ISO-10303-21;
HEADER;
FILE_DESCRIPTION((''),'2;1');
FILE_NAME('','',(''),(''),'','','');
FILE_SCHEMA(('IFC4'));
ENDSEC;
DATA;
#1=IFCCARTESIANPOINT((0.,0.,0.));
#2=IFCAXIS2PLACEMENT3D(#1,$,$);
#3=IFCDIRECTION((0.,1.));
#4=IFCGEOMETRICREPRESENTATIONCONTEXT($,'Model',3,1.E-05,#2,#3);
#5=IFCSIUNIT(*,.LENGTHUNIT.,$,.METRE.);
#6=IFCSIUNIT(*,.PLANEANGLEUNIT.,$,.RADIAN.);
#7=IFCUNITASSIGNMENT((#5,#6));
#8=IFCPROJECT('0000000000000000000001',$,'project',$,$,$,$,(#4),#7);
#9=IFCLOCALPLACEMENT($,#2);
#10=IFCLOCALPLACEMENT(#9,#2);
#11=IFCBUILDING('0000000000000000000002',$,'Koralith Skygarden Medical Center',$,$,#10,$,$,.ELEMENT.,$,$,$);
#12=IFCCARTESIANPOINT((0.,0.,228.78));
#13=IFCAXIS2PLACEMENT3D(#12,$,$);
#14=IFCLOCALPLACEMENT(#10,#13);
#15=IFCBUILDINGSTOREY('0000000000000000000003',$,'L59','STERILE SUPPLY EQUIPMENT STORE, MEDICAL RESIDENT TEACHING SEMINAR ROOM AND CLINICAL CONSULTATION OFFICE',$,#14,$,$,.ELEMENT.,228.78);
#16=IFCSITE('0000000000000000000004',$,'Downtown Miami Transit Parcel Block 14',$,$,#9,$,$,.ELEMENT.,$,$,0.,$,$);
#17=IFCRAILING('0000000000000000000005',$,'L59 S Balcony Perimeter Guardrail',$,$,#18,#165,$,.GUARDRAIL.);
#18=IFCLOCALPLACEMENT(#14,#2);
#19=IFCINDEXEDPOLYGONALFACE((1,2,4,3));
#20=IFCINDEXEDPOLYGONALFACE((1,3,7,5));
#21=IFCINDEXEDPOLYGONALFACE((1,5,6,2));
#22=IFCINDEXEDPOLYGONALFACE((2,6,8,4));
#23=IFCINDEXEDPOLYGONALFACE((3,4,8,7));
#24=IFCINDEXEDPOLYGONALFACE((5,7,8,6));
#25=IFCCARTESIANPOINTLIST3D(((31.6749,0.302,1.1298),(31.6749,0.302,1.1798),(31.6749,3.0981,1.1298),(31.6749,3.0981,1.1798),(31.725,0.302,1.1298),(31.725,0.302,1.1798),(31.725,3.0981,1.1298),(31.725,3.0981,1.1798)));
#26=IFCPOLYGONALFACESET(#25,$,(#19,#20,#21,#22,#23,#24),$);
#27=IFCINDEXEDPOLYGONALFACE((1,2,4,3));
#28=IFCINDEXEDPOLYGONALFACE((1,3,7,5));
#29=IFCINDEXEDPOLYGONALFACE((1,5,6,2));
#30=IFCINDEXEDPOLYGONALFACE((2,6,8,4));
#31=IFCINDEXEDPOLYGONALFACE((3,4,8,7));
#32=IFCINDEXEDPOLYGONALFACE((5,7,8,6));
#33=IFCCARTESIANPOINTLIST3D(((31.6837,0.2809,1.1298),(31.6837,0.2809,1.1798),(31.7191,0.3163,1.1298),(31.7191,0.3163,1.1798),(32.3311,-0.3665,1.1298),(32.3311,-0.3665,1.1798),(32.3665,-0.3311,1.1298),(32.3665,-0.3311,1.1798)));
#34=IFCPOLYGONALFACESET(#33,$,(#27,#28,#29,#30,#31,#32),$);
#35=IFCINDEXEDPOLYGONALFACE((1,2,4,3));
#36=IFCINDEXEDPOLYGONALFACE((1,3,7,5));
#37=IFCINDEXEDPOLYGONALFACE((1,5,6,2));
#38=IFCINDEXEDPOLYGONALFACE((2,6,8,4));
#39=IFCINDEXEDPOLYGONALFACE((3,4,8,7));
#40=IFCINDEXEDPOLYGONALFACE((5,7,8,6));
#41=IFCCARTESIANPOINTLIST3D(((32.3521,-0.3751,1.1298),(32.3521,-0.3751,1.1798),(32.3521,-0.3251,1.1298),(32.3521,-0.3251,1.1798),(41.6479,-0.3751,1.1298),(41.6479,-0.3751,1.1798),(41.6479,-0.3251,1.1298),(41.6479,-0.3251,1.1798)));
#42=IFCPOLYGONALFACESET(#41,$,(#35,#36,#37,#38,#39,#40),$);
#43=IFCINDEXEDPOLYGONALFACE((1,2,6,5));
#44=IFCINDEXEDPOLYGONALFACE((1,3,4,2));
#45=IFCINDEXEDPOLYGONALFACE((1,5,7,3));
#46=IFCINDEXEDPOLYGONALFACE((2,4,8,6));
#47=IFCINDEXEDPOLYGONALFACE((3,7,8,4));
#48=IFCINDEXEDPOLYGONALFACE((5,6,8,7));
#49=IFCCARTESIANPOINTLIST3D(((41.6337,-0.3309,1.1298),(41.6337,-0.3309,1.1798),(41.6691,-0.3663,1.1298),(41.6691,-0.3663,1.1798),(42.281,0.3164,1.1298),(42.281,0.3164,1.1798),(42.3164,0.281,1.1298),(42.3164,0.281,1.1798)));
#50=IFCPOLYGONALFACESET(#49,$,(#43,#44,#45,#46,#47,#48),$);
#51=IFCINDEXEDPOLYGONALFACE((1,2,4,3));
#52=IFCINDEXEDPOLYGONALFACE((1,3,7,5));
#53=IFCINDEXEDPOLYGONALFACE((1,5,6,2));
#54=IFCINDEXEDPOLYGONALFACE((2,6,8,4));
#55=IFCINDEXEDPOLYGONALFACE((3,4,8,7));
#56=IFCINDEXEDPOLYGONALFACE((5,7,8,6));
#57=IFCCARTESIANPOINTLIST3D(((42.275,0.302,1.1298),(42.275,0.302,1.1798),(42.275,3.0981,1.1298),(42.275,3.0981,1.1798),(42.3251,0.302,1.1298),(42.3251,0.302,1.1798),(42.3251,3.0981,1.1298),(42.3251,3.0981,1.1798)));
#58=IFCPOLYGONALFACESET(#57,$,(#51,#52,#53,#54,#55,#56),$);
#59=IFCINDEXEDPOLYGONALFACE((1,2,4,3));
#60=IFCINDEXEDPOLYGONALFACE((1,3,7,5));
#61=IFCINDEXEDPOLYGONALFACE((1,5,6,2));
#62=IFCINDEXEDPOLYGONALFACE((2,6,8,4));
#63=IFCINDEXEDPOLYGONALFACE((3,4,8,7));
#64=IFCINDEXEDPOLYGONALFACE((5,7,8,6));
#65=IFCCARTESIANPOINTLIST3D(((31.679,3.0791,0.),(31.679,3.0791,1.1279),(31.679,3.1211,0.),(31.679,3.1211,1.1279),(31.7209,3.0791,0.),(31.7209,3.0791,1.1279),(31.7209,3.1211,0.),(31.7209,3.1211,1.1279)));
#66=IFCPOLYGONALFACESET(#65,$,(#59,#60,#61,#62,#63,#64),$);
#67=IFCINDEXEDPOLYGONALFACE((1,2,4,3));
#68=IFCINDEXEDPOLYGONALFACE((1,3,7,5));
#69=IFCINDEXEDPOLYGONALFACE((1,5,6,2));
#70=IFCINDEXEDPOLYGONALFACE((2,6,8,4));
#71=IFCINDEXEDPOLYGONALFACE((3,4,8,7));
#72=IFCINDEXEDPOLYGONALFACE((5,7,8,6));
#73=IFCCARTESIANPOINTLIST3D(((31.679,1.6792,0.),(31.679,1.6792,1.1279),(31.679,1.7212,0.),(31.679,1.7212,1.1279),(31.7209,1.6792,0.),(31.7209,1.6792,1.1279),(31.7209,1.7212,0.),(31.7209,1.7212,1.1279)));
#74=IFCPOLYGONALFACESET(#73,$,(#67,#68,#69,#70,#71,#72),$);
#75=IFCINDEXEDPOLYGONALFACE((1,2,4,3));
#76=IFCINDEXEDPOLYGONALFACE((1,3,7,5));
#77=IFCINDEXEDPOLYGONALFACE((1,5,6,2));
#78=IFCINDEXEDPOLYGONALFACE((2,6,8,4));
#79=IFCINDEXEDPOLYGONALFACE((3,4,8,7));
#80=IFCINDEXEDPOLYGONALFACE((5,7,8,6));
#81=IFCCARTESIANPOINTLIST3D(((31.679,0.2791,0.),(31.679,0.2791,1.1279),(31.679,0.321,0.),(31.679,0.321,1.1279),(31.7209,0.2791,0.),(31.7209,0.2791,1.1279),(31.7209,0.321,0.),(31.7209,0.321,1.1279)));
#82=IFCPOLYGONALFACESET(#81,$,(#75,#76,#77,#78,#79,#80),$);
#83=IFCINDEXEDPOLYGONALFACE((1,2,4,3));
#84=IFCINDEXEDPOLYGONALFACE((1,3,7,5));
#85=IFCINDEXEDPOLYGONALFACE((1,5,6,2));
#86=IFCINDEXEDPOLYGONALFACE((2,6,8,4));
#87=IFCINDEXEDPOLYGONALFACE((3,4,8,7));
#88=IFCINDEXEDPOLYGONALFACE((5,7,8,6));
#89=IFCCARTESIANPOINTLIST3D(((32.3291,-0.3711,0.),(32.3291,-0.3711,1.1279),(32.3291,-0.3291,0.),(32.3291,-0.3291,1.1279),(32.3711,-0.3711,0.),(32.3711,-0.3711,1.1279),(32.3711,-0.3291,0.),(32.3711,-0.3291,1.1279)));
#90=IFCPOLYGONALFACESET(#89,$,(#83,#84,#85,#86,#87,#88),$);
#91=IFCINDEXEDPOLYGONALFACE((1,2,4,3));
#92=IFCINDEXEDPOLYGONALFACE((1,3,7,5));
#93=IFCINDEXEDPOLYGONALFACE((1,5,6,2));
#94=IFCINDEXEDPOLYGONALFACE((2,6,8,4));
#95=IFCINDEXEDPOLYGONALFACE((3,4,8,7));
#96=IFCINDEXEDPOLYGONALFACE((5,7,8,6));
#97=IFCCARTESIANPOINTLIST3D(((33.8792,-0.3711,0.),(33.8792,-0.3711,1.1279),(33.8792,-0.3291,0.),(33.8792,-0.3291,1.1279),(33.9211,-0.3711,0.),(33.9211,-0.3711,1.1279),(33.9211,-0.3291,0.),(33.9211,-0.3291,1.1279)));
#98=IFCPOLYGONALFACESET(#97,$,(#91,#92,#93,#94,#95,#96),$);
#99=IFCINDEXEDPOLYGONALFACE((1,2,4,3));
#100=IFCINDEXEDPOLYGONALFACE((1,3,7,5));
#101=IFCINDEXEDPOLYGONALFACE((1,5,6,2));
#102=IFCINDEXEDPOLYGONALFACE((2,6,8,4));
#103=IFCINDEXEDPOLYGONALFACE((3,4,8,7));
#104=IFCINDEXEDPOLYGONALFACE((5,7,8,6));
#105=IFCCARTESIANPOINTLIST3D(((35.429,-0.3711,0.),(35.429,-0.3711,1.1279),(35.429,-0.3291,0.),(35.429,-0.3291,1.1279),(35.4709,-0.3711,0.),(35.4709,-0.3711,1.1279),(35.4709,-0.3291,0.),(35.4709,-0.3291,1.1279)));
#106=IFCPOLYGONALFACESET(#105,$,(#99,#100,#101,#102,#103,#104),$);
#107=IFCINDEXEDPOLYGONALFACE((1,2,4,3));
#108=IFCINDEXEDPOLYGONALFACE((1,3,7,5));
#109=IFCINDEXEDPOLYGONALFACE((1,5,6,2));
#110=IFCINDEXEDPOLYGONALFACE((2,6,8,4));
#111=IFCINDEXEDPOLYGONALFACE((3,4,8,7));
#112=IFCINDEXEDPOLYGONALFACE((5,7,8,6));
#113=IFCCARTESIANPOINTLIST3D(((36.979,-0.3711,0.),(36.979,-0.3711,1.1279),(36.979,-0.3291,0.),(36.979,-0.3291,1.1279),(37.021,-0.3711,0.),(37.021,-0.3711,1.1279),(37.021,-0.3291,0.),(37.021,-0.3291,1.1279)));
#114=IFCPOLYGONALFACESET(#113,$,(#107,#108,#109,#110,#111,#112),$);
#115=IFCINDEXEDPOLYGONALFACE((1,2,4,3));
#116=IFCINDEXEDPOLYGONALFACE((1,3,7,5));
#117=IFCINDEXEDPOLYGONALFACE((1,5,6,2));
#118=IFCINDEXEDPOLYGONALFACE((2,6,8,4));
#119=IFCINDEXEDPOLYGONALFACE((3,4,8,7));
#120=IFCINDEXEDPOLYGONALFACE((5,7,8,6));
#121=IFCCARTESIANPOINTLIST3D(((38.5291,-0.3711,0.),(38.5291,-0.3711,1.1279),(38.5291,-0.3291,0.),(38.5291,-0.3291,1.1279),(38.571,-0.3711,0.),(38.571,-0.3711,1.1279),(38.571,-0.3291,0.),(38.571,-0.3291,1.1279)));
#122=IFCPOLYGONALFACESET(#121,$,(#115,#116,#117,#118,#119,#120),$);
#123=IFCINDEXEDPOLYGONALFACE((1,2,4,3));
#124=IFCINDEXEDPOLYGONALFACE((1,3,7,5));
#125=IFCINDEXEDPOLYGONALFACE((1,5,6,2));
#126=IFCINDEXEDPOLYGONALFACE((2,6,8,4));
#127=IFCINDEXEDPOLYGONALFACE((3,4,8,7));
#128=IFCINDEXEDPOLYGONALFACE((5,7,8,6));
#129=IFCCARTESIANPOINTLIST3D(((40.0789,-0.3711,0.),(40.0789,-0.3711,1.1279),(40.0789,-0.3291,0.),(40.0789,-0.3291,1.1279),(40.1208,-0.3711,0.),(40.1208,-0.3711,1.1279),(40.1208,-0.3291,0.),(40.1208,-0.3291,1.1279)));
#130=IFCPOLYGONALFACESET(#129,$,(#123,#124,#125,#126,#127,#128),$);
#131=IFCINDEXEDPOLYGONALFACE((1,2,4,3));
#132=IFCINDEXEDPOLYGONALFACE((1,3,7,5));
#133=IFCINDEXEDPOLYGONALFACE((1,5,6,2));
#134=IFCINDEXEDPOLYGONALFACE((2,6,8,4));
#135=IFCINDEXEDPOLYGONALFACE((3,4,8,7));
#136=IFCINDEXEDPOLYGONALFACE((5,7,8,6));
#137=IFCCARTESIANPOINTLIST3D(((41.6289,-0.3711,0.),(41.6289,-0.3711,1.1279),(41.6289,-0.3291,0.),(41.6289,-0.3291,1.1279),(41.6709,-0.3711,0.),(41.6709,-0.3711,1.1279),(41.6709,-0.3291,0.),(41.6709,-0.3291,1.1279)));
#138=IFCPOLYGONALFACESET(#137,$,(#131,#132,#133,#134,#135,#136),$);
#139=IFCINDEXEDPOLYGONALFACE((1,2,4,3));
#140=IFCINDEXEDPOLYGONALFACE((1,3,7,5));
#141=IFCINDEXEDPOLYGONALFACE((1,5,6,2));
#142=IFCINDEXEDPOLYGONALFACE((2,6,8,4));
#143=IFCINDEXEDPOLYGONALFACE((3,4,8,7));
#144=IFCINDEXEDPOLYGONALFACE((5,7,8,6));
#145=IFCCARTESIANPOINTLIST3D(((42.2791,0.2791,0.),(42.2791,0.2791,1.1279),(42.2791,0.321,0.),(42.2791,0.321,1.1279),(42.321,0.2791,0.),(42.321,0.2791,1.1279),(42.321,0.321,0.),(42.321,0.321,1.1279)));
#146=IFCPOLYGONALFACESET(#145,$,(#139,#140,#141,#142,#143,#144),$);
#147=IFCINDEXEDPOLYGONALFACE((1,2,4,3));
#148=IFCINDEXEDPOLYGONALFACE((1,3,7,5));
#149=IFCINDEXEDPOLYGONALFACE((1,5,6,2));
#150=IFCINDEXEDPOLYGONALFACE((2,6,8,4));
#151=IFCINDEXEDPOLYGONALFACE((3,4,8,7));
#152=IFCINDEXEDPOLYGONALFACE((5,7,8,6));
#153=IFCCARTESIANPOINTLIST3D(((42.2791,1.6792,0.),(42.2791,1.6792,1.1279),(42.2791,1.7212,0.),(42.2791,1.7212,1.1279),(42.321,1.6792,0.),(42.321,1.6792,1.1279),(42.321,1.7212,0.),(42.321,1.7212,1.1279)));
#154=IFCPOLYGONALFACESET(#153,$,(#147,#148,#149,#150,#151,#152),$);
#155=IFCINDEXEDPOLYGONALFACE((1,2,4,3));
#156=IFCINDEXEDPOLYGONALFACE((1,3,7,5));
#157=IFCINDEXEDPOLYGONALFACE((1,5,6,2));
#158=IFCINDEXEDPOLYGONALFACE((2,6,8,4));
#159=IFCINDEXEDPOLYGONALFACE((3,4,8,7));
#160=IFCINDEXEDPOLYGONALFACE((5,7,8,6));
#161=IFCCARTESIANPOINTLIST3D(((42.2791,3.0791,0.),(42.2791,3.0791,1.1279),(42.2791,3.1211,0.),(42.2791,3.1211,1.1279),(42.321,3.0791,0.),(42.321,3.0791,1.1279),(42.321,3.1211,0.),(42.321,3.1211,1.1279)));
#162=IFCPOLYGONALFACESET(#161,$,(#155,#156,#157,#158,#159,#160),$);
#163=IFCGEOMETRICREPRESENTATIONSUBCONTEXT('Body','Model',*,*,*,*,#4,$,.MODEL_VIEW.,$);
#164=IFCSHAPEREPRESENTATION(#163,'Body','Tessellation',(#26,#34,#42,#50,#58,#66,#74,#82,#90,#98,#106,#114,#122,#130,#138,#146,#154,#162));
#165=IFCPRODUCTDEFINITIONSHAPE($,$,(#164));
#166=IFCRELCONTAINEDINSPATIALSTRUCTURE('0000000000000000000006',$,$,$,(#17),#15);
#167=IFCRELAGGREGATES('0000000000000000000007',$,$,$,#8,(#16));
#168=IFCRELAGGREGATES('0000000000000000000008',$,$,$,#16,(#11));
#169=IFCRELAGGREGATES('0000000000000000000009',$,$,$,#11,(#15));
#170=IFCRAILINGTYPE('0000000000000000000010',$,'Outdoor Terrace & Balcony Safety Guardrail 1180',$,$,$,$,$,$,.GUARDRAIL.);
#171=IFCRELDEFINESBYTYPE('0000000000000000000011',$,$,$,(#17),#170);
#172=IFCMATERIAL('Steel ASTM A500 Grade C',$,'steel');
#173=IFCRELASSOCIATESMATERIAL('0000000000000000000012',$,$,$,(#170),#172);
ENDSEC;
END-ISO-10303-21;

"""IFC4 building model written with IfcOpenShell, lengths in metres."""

from ifc_helpers import new_model, si_unit, direction, frame, origin, origin_2d, place, context, subcontext, project, spatial, rectangle, extrude, material, type_object, element, save


model = new_model("IFC4")

# Units and contexts
model_context = context("Model", 3, precision=1e-05, world=origin(), true_north=direction((0.0, 1.0)))
body_context = subcontext(model_context, "Body", "Model", "MODEL_VIEW")
ifc_project = project(units=[si_unit("LENGTHUNIT", "METRE"), si_unit("PLANEANGLEUNIT", "RADIAN")], contexts=[model_context])

# Site, building, storey
site_placement = place(None, origin())
site = spatial("IfcSite", under=ifc_project, at=site_placement, Name="Downtown Miami Transit Parcel Block 14", CompositionType="ELEMENT", RefElevation=0.0)
building_placement = place(site_placement, origin())
building = spatial("IfcBuilding", under=site, at=building_placement, Name="Koralith Skygarden Medical Center", CompositionType="ELEMENT")
storey_placement = place(building_placement, frame((0.0, 0.0, 228.78)))
storey = spatial("IfcBuildingStorey", under=building, at=storey_placement, Name="L59", Description="STERILE SUPPLY EQUIPMENT STORE, MEDICAL RESIDENT TEACHING SEMINAR ROOM AND CLINICAL CONSULTATION OFFICE", CompositionType="ELEMENT", Elevation=228.78)

# Railing
ifc_material_1 = material(Name="Steel ASTM A500 Grade C", Category="steel")
railing_type = type_object("IfcRailingType", Name="Outdoor Terrace & Balcony Safety Guardrail 1180", PredefinedType="GUARDRAIL", material=ifc_material_1)
railing_placement = place(storey_placement, frame((31.7, 3.1001, 0.0)))
element("IfcRailing", 1, at=railing_placement, inside=storey, type_object=railing_type, Name="L59 S Balcony Perimeter Guardrail", PredefinedType="GUARDRAIL", context=body_context, shape_type="SweptSolid", body=[
    extrude(rectangle(XDim=0.05, YDim=0.05, at=origin_2d()), frame((0.0, -0.002, 1.1548), z_axis=(0.0, -1.0, 0.0), x_axis=(1.0, 0.0, 0.0)), (0.0, 0.0, 1.0), 2.7961),
    extrude(rectangle(XDim=0.05, YDim=0.05, at=origin_2d()), frame((0.0015, -2.8015, 1.1548), z_axis=(0.707107, -0.707107, 0.0), x_axis=(0.707107, 0.707107, 0.0)), (0.0, 0.0, 1.0), 0.9155),
    extrude(rectangle(XDim=0.05, YDim=0.05, at=origin_2d()), frame((0.6521, -3.4502, 1.1548), z_axis=(1.0, 0.0, 0.0), x_axis=(0.0, 1.0, 0.0)), (0.0, 0.0, 1.0), 9.2959),
    extrude(rectangle(XDim=0.05, YDim=0.05, at=origin_2d()), frame((9.9514, -3.4487, 1.1548), z_axis=(0.707107, 0.707107, 0.0), x_axis=(-0.707107, 0.707107, 0.0)), (0.0, 0.0, 1.0), 0.9155),
    extrude(rectangle(XDim=0.05, YDim=0.05, at=origin_2d()), frame((10.6001, -2.7981, 1.1548), z_axis=(0.0, 1.0, 0.0), x_axis=(-1.0, 0.0, 0.0)), (0.0, 0.0, 1.0), 2.7961),
    extrude(rectangle(XDim=0.042, YDim=0.042, at=origin_2d()), origin(), (0.0, 0.0, 1.0), 1.1279),
    extrude(rectangle(XDim=0.042, YDim=0.042, at=origin_2d()), frame((0.0, -1.3999, 0.0)), (0.0, 0.0, 1.0), 1.1279),
    extrude(rectangle(XDim=0.042, YDim=0.042, at=origin_2d()), frame((0.0, -2.8, 0.0)), (0.0, 0.0, 1.0), 1.1279),
    extrude(rectangle(XDim=0.042, YDim=0.042, at=origin_2d()), frame((0.6501, -3.4502, 0.0)), (0.0, 0.0, 1.0), 1.1279),
    extrude(rectangle(XDim=0.042, YDim=0.042, at=origin_2d()), frame((2.2002, -3.4502, 0.0)), (0.0, 0.0, 1.0), 1.1279),
    extrude(rectangle(XDim=0.042, YDim=0.042, at=origin_2d()), frame((3.75, -3.4502, 0.0)), (0.0, 0.0, 1.0), 1.1279),
    extrude(rectangle(XDim=0.042, YDim=0.042, at=origin_2d()), frame((5.3, -3.4502, 0.0)), (0.0, 0.0, 1.0), 1.1279),
    extrude(rectangle(XDim=0.042, YDim=0.042, at=origin_2d()), frame((6.8501, -3.4502, 0.0)), (0.0, 0.0, 1.0), 1.1279),
    extrude(rectangle(XDim=0.042, YDim=0.042, at=origin_2d()), frame((8.3999, -3.4502, 0.0)), (0.0, 0.0, 1.0), 1.1279),
    extrude(rectangle(XDim=0.042, YDim=0.042, at=origin_2d()), frame((9.95, -3.4502, 0.0)), (0.0, 0.0, 1.0), 1.1279),
    extrude(rectangle(XDim=0.042, YDim=0.042, at=origin_2d()), frame((10.6001, -2.8, 0.0)), (0.0, 0.0, 1.0), 1.1279),
    extrude(rectangle(XDim=0.042, YDim=0.042, at=origin_2d()), frame((10.6001, -1.3999, 0.0)), (0.0, 0.0, 1.0), 1.1279),
    extrude(rectangle(XDim=0.042, YDim=0.042, at=origin_2d()), frame((10.6001, 0.0, 0.0)), (0.0, 0.0, 1.0), 1.1279),
])

save(model, "model.ifc")
